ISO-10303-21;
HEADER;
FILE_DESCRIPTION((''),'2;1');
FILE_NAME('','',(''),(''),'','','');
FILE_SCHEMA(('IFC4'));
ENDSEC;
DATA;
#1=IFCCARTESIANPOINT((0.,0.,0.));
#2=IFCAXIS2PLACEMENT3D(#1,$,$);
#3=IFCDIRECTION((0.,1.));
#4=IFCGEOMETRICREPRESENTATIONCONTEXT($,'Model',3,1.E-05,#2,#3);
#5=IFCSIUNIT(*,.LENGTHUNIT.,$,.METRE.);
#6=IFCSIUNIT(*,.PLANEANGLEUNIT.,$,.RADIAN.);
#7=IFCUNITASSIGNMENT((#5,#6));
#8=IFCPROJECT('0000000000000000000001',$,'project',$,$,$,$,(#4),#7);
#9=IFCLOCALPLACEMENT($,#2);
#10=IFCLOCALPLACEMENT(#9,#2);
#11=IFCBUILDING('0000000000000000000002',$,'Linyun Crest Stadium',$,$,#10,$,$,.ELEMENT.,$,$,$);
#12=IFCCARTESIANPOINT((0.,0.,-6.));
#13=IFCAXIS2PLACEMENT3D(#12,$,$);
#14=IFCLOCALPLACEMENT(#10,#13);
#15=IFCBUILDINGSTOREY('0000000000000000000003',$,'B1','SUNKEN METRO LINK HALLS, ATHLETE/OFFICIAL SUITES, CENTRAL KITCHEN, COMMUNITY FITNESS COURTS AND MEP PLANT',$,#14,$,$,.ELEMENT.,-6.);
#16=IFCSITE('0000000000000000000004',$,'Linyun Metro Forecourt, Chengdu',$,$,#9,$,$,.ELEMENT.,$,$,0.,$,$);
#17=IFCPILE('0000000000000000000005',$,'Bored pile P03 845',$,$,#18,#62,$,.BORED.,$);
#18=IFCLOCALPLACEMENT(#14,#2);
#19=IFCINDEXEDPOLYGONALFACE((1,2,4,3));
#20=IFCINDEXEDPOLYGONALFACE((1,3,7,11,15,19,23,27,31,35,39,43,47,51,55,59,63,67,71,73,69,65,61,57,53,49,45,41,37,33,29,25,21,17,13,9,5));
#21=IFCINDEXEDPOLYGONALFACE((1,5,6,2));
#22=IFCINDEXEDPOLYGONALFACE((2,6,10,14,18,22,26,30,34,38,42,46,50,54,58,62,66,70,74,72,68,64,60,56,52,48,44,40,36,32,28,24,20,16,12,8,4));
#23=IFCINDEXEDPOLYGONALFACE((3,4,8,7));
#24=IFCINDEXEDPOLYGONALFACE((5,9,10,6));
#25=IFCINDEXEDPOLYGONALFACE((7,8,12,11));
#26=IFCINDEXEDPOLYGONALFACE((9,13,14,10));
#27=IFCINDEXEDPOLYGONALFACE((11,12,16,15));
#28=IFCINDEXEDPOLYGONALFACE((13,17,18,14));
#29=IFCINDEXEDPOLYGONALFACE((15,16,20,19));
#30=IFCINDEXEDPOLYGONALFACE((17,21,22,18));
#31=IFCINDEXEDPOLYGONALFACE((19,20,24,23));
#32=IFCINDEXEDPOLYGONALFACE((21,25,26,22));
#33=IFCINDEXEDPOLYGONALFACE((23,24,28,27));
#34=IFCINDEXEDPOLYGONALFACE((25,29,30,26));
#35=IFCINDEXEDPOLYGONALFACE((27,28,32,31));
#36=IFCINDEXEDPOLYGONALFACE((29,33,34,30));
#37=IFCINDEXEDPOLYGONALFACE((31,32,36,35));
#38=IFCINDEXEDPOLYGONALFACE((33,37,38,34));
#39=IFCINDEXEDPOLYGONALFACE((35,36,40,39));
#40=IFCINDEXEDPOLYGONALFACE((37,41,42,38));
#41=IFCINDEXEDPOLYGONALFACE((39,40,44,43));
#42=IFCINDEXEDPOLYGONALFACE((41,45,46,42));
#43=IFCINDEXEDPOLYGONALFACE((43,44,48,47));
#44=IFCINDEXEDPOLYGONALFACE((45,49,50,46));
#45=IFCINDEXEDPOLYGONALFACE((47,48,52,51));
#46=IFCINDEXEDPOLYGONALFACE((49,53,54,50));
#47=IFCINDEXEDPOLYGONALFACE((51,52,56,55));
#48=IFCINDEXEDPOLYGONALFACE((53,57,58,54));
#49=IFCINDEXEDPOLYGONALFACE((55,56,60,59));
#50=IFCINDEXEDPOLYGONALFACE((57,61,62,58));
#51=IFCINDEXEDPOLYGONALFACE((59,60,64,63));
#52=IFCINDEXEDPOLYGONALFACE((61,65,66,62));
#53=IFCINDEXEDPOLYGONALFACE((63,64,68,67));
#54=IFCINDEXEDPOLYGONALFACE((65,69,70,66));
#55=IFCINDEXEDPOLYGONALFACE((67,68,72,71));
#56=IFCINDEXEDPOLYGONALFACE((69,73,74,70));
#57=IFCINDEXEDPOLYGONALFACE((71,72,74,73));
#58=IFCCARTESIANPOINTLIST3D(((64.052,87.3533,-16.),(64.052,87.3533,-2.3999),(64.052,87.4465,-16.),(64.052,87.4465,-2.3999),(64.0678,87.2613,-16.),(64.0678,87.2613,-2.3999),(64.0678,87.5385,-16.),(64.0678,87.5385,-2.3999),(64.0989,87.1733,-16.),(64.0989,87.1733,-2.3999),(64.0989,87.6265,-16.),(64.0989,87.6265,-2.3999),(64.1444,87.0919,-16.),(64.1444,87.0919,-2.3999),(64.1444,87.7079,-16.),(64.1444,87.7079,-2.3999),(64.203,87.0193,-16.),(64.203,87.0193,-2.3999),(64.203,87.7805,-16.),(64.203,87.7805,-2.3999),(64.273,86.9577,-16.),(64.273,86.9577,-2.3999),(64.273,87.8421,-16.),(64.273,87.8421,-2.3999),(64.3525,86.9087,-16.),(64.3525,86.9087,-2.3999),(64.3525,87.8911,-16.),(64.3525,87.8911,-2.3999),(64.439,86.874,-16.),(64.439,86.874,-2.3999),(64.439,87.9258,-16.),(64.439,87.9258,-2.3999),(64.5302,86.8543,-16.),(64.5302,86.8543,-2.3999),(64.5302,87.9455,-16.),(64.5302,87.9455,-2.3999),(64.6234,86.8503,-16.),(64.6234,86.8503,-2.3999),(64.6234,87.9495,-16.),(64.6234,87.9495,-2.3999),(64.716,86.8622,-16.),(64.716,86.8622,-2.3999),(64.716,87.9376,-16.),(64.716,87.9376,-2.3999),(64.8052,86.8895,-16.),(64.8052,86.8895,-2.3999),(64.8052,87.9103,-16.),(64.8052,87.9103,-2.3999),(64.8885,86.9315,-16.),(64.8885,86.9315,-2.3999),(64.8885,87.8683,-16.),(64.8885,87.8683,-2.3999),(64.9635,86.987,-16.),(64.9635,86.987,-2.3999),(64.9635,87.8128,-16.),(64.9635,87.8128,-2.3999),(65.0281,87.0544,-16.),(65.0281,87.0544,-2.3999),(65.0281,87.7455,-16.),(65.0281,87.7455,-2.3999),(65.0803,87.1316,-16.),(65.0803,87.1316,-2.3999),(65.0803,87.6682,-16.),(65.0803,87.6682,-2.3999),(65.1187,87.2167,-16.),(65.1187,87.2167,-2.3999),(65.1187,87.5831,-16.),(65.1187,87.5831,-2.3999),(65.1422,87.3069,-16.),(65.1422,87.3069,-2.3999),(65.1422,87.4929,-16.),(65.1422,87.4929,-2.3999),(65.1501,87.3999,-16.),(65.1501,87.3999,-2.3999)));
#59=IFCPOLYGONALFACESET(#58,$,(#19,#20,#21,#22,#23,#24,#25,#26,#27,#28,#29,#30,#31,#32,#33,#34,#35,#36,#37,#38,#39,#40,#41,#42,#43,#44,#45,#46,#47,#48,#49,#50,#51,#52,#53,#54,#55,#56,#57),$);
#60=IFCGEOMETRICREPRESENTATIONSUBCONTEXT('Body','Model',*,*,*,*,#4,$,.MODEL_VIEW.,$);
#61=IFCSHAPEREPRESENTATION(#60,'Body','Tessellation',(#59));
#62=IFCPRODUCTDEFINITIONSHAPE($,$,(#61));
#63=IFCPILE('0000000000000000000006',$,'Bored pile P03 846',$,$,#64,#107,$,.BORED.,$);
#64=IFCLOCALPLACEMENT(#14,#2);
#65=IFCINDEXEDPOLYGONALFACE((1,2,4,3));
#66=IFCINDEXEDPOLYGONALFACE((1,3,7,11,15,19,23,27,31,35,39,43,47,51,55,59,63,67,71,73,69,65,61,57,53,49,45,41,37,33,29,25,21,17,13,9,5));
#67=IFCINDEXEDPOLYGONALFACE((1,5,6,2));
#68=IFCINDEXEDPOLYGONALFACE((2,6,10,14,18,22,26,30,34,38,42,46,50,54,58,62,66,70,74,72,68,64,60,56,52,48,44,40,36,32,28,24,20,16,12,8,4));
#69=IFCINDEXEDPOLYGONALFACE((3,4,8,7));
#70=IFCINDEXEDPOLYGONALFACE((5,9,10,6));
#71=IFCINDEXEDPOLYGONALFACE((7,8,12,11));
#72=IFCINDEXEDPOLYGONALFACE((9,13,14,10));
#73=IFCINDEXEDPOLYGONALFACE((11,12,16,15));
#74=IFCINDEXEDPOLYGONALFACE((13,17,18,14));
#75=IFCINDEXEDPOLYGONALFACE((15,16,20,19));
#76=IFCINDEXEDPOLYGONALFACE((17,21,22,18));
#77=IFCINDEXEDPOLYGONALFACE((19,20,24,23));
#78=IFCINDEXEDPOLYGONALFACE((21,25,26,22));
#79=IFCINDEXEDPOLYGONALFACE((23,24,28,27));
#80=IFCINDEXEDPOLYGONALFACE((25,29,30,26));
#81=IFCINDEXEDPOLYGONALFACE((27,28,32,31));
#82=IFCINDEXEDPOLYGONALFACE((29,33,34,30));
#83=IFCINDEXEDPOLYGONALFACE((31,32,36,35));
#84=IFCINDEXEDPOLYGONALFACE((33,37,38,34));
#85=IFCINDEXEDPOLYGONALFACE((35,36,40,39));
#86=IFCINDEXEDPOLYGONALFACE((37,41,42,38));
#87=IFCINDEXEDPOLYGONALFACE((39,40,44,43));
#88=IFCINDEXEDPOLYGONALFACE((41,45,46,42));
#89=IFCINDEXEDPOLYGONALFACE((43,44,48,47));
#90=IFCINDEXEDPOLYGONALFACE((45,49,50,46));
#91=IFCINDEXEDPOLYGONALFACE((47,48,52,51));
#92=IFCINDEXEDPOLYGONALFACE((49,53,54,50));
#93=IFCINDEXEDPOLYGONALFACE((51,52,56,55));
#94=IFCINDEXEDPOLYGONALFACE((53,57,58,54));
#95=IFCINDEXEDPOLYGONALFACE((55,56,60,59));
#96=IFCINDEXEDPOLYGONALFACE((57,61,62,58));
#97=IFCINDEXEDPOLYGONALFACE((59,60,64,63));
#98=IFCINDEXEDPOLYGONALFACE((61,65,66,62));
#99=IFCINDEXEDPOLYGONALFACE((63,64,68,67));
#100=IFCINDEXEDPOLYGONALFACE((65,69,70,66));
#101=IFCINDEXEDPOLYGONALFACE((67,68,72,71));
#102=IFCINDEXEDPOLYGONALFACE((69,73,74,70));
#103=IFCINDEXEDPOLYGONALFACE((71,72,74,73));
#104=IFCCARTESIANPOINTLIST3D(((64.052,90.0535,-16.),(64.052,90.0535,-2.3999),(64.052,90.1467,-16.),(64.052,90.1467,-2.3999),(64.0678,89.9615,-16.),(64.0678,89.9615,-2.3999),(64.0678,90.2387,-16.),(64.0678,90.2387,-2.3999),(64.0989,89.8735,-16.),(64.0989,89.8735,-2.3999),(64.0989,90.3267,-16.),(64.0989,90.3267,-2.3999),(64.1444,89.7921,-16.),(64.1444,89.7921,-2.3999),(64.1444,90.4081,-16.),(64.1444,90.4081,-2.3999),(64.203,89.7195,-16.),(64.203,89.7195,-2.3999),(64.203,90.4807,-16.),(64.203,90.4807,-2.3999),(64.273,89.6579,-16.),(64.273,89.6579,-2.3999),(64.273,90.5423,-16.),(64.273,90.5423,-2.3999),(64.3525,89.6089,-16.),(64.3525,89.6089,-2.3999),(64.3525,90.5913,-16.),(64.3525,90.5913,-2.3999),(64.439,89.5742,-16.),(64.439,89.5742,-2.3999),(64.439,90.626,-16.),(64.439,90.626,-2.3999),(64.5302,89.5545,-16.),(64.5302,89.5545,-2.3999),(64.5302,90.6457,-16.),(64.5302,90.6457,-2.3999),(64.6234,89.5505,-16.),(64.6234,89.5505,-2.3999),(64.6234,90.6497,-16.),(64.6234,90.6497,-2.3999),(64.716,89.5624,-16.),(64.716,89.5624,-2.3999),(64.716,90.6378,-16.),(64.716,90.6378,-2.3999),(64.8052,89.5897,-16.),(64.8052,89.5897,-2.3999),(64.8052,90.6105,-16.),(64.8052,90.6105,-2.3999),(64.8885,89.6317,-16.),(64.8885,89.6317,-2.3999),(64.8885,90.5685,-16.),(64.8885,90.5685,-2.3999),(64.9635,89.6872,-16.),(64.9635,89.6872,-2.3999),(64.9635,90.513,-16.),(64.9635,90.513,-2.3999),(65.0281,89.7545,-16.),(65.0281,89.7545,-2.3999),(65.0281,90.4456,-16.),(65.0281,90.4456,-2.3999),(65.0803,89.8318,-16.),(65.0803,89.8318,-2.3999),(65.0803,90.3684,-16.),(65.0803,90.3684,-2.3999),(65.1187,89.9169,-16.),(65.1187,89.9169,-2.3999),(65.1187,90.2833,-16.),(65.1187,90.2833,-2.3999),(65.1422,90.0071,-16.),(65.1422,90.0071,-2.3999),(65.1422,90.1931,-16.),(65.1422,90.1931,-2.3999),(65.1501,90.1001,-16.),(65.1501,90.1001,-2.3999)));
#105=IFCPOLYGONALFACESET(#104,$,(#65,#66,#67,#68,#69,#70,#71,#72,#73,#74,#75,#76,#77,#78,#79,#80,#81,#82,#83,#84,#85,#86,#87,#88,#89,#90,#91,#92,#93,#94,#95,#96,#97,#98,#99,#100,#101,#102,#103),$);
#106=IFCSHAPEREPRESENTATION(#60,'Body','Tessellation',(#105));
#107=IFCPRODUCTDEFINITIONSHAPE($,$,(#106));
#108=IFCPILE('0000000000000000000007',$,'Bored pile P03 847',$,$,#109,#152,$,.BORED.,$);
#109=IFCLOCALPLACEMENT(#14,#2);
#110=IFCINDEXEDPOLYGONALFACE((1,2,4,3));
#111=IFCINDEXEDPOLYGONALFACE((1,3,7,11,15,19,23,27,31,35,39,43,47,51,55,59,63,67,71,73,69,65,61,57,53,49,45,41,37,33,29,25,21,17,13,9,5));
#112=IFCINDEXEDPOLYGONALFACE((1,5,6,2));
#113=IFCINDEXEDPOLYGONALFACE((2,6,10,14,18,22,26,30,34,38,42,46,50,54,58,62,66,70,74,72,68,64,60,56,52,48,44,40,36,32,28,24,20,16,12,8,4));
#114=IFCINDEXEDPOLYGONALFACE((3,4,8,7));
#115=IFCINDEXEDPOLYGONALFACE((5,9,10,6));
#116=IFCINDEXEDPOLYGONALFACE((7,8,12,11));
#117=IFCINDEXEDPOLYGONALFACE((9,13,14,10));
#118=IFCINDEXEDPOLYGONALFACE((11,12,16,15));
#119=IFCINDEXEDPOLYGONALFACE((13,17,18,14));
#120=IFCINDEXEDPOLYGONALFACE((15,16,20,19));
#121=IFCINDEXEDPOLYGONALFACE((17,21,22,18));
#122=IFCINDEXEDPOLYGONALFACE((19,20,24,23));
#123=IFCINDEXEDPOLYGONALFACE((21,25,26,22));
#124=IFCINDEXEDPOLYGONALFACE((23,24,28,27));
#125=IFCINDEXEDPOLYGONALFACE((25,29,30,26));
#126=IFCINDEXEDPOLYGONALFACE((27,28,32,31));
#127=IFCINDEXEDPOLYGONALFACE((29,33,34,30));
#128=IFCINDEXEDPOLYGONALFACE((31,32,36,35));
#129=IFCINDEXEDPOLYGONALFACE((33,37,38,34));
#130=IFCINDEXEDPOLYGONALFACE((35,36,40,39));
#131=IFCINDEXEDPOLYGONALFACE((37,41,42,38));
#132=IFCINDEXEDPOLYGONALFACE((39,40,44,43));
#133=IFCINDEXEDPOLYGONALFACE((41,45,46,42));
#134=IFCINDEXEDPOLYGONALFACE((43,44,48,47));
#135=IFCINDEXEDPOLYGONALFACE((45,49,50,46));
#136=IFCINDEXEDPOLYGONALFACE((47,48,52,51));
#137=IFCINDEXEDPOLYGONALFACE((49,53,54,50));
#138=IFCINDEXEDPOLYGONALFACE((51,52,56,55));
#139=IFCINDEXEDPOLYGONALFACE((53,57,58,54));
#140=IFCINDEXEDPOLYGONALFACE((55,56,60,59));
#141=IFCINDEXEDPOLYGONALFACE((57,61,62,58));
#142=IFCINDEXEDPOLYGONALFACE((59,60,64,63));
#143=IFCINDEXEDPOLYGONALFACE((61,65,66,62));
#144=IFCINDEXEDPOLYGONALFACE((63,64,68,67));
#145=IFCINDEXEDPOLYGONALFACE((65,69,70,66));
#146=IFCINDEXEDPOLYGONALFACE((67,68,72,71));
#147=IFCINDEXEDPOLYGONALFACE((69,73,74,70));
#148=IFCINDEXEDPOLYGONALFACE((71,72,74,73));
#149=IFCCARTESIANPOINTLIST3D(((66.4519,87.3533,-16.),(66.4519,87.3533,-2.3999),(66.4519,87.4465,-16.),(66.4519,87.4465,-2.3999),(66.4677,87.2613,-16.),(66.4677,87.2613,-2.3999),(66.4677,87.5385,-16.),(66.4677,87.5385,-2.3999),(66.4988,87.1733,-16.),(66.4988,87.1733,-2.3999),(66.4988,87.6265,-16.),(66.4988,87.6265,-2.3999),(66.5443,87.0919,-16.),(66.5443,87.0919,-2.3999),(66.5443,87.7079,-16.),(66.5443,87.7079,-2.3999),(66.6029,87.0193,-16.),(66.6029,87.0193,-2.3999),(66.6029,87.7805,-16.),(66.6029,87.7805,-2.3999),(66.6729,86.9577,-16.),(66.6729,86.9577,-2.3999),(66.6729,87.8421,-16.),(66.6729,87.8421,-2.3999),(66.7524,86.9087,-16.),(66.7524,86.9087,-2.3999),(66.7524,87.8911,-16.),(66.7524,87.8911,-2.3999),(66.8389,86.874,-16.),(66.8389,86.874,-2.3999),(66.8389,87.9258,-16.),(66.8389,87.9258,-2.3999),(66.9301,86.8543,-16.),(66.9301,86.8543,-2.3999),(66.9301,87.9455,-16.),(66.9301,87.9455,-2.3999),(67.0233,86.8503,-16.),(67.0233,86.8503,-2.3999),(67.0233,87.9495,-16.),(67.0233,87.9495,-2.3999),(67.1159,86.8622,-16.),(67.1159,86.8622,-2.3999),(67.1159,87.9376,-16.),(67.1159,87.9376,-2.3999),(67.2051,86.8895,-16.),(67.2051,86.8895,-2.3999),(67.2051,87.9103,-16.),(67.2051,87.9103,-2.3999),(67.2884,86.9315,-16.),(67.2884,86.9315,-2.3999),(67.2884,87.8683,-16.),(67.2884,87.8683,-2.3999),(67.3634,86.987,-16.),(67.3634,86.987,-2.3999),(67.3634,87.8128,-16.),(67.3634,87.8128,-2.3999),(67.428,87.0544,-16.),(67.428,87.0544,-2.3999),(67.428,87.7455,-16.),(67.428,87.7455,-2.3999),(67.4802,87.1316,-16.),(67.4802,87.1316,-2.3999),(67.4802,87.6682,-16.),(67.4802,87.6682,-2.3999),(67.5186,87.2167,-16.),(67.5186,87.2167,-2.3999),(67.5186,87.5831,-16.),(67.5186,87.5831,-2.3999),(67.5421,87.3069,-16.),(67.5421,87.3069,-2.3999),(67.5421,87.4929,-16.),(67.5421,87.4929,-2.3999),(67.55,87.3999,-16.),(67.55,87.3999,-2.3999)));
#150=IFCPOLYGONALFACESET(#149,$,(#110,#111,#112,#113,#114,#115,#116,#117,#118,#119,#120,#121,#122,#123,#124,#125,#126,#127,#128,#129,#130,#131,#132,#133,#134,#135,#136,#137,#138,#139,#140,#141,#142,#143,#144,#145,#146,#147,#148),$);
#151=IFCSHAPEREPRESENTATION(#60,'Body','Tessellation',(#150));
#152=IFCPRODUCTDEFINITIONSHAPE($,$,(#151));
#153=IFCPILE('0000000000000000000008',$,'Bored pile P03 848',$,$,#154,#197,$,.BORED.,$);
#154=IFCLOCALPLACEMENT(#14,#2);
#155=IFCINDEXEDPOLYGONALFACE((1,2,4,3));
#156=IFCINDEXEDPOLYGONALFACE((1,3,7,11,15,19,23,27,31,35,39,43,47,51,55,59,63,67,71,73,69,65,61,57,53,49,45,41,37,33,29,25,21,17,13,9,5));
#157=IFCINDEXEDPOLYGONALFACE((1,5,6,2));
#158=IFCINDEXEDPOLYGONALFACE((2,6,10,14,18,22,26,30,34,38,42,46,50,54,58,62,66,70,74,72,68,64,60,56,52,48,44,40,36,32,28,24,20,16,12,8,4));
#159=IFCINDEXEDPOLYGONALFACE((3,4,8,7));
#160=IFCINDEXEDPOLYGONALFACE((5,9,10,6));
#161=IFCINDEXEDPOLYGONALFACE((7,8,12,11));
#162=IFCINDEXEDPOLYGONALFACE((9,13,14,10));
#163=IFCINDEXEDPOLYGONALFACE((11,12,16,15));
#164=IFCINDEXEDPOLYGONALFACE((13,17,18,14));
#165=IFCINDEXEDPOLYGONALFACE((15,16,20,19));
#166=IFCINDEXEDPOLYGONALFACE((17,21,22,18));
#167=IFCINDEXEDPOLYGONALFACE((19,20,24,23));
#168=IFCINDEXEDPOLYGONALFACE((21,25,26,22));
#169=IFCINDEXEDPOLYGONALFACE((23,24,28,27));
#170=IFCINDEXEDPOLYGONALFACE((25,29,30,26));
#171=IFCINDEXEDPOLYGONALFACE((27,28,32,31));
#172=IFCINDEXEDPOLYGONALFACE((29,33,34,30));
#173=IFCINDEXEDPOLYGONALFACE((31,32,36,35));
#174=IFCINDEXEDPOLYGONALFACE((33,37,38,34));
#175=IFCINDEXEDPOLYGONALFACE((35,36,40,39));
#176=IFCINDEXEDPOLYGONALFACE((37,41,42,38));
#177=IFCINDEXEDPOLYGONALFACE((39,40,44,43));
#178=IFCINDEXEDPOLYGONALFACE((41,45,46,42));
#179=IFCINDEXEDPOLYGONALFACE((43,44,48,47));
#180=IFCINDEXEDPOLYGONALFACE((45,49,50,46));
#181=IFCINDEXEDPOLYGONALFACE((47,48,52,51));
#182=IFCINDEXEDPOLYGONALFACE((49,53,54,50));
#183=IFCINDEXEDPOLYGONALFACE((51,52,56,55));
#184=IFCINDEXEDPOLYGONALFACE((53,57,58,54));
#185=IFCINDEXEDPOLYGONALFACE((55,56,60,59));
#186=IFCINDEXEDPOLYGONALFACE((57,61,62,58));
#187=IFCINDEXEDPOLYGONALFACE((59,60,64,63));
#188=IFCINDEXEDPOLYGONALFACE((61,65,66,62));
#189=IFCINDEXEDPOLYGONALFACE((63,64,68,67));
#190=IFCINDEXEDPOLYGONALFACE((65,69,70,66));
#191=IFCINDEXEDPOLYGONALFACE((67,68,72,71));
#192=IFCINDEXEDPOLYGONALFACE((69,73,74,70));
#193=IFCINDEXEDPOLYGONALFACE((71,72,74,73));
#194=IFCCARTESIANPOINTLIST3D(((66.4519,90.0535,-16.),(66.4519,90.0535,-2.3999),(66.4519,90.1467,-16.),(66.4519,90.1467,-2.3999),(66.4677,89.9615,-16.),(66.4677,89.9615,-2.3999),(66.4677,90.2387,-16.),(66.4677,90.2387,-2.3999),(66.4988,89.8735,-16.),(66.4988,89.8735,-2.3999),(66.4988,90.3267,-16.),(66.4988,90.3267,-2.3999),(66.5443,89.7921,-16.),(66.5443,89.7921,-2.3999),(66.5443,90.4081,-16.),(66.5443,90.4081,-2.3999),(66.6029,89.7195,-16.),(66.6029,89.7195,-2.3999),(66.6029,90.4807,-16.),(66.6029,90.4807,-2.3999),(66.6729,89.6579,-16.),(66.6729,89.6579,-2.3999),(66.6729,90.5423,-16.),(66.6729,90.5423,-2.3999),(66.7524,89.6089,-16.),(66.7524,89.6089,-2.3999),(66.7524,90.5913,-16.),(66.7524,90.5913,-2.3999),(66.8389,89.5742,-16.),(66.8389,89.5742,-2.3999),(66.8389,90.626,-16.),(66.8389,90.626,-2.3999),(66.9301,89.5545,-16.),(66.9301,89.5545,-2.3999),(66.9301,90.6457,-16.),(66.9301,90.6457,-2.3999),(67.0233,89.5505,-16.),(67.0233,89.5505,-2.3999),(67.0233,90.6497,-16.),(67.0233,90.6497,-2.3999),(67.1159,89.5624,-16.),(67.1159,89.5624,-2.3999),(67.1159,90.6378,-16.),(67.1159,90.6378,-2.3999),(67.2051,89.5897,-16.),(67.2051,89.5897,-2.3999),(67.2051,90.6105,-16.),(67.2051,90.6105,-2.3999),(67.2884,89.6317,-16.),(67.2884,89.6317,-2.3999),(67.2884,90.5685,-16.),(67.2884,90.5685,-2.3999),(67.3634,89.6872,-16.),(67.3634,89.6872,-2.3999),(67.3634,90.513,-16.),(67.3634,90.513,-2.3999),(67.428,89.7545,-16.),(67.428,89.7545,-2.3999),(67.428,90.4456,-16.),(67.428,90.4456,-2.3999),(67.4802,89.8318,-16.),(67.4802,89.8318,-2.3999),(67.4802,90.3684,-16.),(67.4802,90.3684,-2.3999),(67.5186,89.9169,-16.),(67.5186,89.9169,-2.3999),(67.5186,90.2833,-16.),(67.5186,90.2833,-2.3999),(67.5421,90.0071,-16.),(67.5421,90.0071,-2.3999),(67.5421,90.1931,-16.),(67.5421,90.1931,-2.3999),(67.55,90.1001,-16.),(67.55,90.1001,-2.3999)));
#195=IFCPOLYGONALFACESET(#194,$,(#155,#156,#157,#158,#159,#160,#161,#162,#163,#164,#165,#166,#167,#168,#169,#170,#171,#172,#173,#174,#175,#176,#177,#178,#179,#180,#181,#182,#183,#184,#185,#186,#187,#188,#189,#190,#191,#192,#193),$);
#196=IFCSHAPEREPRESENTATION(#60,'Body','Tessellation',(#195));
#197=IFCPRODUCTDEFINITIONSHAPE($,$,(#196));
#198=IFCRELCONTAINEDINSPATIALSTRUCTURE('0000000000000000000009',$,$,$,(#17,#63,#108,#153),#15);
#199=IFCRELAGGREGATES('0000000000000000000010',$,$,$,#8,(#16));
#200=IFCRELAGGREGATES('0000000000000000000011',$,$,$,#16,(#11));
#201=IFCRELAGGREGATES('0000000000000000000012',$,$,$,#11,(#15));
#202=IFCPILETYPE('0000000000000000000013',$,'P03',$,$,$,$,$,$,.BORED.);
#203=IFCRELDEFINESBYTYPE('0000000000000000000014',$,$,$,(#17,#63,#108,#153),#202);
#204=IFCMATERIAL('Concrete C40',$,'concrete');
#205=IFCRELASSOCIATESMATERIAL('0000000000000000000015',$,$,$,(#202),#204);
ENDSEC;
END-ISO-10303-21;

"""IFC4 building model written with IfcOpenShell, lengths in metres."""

from ifc_helpers import new_model, si_unit, direction, frame, origin, origin_2d, place, context, subcontext, project, spatial, circle, extrude, material, material_profile, profile_set, type_object, element, save


model = new_model("IFC4")

# Units and contexts
model_context = context("Model", 3, precision=1e-05, world=origin(), true_north=direction((0.0, 1.0)))
body_context = subcontext(model_context, "Body", "Model", "MODEL_VIEW")
ifc_project = project(units=[si_unit("LENGTHUNIT", "METRE"), si_unit("PLANEANGLEUNIT", "RADIAN")], contexts=[model_context])

# Site, building, storey
site_placement = place(None, origin())
site = spatial("IfcSite", under=ifc_project, at=site_placement, Name="Linyun Metro Forecourt, Chengdu", CompositionType="ELEMENT", RefElevation=0.0)
building_placement = place(site_placement, origin())
building = spatial("IfcBuilding", under=site, at=building_placement, Name="Linyun Crest Stadium", CompositionType="ELEMENT")
storey_placement = place(building_placement, frame((0.0, 0.0, -6.0)))
storey = spatial("IfcBuildingStorey", under=building, at=storey_placement, Name="B1", Description="SUNKEN METRO LINK HALLS, ATHLETE/OFFICIAL SUITES, CENTRAL KITCHEN, COMMUNITY FITNESS COURTS AND MEP PLANT", CompositionType="ELEMENT", Elevation=-6.0)

# Piles
ifc_material_1 = material(Name="Concrete C40", Category="concrete")
ifc_material_profile_1 = material_profile(ifc_material_1, circle(Radius=0.55, at=origin_2d()), Name="BORED PILE 1100")
ifc_profile_set_1 = profile_set([ifc_material_profile_1], Name="Concrete C40")
pile_type_1 = type_object("IfcPileType", Name="P03", PredefinedType="BORED", material=ifc_profile_set_1)
for number, where, z_axis, x_axis, name in (
    (1, (64.6001, 87.3999, -2.3999), (0.0, 0.0, -1.0), (1.0, 0.0, 0.0), "Bored pile P03 845"),
    (2, (64.6001, 90.1001, -2.3999), (0.0, 0.0, -1.0), (1.0, 0.0, 0.0), "Bored pile P03 846"),
    (3, (67.0, 87.3999, -2.3999), (0.0, 0.0, -1.0), (1.0, 0.0, 0.0), "Bored pile P03 847"),
    (4, (67.0, 90.1001, -2.3999), (0.0, 0.0, -1.0), (1.0, 0.0, 0.0), "Bored pile P03 848"),
):
    element("IfcPile", number, at=place(storey_placement, frame(where, z_axis=z_axis, x_axis=x_axis)), inside=storey, type_object=pile_type_1, Name=name, PredefinedType="BORED", context=body_context, shape_type="SweptSolid", body=[
        extrude(circle(Radius=0.55, at=origin_2d()), origin(), (0.0, 0.0, 1.0), 13.6001),
    ])

save(model, "model.ifc")
